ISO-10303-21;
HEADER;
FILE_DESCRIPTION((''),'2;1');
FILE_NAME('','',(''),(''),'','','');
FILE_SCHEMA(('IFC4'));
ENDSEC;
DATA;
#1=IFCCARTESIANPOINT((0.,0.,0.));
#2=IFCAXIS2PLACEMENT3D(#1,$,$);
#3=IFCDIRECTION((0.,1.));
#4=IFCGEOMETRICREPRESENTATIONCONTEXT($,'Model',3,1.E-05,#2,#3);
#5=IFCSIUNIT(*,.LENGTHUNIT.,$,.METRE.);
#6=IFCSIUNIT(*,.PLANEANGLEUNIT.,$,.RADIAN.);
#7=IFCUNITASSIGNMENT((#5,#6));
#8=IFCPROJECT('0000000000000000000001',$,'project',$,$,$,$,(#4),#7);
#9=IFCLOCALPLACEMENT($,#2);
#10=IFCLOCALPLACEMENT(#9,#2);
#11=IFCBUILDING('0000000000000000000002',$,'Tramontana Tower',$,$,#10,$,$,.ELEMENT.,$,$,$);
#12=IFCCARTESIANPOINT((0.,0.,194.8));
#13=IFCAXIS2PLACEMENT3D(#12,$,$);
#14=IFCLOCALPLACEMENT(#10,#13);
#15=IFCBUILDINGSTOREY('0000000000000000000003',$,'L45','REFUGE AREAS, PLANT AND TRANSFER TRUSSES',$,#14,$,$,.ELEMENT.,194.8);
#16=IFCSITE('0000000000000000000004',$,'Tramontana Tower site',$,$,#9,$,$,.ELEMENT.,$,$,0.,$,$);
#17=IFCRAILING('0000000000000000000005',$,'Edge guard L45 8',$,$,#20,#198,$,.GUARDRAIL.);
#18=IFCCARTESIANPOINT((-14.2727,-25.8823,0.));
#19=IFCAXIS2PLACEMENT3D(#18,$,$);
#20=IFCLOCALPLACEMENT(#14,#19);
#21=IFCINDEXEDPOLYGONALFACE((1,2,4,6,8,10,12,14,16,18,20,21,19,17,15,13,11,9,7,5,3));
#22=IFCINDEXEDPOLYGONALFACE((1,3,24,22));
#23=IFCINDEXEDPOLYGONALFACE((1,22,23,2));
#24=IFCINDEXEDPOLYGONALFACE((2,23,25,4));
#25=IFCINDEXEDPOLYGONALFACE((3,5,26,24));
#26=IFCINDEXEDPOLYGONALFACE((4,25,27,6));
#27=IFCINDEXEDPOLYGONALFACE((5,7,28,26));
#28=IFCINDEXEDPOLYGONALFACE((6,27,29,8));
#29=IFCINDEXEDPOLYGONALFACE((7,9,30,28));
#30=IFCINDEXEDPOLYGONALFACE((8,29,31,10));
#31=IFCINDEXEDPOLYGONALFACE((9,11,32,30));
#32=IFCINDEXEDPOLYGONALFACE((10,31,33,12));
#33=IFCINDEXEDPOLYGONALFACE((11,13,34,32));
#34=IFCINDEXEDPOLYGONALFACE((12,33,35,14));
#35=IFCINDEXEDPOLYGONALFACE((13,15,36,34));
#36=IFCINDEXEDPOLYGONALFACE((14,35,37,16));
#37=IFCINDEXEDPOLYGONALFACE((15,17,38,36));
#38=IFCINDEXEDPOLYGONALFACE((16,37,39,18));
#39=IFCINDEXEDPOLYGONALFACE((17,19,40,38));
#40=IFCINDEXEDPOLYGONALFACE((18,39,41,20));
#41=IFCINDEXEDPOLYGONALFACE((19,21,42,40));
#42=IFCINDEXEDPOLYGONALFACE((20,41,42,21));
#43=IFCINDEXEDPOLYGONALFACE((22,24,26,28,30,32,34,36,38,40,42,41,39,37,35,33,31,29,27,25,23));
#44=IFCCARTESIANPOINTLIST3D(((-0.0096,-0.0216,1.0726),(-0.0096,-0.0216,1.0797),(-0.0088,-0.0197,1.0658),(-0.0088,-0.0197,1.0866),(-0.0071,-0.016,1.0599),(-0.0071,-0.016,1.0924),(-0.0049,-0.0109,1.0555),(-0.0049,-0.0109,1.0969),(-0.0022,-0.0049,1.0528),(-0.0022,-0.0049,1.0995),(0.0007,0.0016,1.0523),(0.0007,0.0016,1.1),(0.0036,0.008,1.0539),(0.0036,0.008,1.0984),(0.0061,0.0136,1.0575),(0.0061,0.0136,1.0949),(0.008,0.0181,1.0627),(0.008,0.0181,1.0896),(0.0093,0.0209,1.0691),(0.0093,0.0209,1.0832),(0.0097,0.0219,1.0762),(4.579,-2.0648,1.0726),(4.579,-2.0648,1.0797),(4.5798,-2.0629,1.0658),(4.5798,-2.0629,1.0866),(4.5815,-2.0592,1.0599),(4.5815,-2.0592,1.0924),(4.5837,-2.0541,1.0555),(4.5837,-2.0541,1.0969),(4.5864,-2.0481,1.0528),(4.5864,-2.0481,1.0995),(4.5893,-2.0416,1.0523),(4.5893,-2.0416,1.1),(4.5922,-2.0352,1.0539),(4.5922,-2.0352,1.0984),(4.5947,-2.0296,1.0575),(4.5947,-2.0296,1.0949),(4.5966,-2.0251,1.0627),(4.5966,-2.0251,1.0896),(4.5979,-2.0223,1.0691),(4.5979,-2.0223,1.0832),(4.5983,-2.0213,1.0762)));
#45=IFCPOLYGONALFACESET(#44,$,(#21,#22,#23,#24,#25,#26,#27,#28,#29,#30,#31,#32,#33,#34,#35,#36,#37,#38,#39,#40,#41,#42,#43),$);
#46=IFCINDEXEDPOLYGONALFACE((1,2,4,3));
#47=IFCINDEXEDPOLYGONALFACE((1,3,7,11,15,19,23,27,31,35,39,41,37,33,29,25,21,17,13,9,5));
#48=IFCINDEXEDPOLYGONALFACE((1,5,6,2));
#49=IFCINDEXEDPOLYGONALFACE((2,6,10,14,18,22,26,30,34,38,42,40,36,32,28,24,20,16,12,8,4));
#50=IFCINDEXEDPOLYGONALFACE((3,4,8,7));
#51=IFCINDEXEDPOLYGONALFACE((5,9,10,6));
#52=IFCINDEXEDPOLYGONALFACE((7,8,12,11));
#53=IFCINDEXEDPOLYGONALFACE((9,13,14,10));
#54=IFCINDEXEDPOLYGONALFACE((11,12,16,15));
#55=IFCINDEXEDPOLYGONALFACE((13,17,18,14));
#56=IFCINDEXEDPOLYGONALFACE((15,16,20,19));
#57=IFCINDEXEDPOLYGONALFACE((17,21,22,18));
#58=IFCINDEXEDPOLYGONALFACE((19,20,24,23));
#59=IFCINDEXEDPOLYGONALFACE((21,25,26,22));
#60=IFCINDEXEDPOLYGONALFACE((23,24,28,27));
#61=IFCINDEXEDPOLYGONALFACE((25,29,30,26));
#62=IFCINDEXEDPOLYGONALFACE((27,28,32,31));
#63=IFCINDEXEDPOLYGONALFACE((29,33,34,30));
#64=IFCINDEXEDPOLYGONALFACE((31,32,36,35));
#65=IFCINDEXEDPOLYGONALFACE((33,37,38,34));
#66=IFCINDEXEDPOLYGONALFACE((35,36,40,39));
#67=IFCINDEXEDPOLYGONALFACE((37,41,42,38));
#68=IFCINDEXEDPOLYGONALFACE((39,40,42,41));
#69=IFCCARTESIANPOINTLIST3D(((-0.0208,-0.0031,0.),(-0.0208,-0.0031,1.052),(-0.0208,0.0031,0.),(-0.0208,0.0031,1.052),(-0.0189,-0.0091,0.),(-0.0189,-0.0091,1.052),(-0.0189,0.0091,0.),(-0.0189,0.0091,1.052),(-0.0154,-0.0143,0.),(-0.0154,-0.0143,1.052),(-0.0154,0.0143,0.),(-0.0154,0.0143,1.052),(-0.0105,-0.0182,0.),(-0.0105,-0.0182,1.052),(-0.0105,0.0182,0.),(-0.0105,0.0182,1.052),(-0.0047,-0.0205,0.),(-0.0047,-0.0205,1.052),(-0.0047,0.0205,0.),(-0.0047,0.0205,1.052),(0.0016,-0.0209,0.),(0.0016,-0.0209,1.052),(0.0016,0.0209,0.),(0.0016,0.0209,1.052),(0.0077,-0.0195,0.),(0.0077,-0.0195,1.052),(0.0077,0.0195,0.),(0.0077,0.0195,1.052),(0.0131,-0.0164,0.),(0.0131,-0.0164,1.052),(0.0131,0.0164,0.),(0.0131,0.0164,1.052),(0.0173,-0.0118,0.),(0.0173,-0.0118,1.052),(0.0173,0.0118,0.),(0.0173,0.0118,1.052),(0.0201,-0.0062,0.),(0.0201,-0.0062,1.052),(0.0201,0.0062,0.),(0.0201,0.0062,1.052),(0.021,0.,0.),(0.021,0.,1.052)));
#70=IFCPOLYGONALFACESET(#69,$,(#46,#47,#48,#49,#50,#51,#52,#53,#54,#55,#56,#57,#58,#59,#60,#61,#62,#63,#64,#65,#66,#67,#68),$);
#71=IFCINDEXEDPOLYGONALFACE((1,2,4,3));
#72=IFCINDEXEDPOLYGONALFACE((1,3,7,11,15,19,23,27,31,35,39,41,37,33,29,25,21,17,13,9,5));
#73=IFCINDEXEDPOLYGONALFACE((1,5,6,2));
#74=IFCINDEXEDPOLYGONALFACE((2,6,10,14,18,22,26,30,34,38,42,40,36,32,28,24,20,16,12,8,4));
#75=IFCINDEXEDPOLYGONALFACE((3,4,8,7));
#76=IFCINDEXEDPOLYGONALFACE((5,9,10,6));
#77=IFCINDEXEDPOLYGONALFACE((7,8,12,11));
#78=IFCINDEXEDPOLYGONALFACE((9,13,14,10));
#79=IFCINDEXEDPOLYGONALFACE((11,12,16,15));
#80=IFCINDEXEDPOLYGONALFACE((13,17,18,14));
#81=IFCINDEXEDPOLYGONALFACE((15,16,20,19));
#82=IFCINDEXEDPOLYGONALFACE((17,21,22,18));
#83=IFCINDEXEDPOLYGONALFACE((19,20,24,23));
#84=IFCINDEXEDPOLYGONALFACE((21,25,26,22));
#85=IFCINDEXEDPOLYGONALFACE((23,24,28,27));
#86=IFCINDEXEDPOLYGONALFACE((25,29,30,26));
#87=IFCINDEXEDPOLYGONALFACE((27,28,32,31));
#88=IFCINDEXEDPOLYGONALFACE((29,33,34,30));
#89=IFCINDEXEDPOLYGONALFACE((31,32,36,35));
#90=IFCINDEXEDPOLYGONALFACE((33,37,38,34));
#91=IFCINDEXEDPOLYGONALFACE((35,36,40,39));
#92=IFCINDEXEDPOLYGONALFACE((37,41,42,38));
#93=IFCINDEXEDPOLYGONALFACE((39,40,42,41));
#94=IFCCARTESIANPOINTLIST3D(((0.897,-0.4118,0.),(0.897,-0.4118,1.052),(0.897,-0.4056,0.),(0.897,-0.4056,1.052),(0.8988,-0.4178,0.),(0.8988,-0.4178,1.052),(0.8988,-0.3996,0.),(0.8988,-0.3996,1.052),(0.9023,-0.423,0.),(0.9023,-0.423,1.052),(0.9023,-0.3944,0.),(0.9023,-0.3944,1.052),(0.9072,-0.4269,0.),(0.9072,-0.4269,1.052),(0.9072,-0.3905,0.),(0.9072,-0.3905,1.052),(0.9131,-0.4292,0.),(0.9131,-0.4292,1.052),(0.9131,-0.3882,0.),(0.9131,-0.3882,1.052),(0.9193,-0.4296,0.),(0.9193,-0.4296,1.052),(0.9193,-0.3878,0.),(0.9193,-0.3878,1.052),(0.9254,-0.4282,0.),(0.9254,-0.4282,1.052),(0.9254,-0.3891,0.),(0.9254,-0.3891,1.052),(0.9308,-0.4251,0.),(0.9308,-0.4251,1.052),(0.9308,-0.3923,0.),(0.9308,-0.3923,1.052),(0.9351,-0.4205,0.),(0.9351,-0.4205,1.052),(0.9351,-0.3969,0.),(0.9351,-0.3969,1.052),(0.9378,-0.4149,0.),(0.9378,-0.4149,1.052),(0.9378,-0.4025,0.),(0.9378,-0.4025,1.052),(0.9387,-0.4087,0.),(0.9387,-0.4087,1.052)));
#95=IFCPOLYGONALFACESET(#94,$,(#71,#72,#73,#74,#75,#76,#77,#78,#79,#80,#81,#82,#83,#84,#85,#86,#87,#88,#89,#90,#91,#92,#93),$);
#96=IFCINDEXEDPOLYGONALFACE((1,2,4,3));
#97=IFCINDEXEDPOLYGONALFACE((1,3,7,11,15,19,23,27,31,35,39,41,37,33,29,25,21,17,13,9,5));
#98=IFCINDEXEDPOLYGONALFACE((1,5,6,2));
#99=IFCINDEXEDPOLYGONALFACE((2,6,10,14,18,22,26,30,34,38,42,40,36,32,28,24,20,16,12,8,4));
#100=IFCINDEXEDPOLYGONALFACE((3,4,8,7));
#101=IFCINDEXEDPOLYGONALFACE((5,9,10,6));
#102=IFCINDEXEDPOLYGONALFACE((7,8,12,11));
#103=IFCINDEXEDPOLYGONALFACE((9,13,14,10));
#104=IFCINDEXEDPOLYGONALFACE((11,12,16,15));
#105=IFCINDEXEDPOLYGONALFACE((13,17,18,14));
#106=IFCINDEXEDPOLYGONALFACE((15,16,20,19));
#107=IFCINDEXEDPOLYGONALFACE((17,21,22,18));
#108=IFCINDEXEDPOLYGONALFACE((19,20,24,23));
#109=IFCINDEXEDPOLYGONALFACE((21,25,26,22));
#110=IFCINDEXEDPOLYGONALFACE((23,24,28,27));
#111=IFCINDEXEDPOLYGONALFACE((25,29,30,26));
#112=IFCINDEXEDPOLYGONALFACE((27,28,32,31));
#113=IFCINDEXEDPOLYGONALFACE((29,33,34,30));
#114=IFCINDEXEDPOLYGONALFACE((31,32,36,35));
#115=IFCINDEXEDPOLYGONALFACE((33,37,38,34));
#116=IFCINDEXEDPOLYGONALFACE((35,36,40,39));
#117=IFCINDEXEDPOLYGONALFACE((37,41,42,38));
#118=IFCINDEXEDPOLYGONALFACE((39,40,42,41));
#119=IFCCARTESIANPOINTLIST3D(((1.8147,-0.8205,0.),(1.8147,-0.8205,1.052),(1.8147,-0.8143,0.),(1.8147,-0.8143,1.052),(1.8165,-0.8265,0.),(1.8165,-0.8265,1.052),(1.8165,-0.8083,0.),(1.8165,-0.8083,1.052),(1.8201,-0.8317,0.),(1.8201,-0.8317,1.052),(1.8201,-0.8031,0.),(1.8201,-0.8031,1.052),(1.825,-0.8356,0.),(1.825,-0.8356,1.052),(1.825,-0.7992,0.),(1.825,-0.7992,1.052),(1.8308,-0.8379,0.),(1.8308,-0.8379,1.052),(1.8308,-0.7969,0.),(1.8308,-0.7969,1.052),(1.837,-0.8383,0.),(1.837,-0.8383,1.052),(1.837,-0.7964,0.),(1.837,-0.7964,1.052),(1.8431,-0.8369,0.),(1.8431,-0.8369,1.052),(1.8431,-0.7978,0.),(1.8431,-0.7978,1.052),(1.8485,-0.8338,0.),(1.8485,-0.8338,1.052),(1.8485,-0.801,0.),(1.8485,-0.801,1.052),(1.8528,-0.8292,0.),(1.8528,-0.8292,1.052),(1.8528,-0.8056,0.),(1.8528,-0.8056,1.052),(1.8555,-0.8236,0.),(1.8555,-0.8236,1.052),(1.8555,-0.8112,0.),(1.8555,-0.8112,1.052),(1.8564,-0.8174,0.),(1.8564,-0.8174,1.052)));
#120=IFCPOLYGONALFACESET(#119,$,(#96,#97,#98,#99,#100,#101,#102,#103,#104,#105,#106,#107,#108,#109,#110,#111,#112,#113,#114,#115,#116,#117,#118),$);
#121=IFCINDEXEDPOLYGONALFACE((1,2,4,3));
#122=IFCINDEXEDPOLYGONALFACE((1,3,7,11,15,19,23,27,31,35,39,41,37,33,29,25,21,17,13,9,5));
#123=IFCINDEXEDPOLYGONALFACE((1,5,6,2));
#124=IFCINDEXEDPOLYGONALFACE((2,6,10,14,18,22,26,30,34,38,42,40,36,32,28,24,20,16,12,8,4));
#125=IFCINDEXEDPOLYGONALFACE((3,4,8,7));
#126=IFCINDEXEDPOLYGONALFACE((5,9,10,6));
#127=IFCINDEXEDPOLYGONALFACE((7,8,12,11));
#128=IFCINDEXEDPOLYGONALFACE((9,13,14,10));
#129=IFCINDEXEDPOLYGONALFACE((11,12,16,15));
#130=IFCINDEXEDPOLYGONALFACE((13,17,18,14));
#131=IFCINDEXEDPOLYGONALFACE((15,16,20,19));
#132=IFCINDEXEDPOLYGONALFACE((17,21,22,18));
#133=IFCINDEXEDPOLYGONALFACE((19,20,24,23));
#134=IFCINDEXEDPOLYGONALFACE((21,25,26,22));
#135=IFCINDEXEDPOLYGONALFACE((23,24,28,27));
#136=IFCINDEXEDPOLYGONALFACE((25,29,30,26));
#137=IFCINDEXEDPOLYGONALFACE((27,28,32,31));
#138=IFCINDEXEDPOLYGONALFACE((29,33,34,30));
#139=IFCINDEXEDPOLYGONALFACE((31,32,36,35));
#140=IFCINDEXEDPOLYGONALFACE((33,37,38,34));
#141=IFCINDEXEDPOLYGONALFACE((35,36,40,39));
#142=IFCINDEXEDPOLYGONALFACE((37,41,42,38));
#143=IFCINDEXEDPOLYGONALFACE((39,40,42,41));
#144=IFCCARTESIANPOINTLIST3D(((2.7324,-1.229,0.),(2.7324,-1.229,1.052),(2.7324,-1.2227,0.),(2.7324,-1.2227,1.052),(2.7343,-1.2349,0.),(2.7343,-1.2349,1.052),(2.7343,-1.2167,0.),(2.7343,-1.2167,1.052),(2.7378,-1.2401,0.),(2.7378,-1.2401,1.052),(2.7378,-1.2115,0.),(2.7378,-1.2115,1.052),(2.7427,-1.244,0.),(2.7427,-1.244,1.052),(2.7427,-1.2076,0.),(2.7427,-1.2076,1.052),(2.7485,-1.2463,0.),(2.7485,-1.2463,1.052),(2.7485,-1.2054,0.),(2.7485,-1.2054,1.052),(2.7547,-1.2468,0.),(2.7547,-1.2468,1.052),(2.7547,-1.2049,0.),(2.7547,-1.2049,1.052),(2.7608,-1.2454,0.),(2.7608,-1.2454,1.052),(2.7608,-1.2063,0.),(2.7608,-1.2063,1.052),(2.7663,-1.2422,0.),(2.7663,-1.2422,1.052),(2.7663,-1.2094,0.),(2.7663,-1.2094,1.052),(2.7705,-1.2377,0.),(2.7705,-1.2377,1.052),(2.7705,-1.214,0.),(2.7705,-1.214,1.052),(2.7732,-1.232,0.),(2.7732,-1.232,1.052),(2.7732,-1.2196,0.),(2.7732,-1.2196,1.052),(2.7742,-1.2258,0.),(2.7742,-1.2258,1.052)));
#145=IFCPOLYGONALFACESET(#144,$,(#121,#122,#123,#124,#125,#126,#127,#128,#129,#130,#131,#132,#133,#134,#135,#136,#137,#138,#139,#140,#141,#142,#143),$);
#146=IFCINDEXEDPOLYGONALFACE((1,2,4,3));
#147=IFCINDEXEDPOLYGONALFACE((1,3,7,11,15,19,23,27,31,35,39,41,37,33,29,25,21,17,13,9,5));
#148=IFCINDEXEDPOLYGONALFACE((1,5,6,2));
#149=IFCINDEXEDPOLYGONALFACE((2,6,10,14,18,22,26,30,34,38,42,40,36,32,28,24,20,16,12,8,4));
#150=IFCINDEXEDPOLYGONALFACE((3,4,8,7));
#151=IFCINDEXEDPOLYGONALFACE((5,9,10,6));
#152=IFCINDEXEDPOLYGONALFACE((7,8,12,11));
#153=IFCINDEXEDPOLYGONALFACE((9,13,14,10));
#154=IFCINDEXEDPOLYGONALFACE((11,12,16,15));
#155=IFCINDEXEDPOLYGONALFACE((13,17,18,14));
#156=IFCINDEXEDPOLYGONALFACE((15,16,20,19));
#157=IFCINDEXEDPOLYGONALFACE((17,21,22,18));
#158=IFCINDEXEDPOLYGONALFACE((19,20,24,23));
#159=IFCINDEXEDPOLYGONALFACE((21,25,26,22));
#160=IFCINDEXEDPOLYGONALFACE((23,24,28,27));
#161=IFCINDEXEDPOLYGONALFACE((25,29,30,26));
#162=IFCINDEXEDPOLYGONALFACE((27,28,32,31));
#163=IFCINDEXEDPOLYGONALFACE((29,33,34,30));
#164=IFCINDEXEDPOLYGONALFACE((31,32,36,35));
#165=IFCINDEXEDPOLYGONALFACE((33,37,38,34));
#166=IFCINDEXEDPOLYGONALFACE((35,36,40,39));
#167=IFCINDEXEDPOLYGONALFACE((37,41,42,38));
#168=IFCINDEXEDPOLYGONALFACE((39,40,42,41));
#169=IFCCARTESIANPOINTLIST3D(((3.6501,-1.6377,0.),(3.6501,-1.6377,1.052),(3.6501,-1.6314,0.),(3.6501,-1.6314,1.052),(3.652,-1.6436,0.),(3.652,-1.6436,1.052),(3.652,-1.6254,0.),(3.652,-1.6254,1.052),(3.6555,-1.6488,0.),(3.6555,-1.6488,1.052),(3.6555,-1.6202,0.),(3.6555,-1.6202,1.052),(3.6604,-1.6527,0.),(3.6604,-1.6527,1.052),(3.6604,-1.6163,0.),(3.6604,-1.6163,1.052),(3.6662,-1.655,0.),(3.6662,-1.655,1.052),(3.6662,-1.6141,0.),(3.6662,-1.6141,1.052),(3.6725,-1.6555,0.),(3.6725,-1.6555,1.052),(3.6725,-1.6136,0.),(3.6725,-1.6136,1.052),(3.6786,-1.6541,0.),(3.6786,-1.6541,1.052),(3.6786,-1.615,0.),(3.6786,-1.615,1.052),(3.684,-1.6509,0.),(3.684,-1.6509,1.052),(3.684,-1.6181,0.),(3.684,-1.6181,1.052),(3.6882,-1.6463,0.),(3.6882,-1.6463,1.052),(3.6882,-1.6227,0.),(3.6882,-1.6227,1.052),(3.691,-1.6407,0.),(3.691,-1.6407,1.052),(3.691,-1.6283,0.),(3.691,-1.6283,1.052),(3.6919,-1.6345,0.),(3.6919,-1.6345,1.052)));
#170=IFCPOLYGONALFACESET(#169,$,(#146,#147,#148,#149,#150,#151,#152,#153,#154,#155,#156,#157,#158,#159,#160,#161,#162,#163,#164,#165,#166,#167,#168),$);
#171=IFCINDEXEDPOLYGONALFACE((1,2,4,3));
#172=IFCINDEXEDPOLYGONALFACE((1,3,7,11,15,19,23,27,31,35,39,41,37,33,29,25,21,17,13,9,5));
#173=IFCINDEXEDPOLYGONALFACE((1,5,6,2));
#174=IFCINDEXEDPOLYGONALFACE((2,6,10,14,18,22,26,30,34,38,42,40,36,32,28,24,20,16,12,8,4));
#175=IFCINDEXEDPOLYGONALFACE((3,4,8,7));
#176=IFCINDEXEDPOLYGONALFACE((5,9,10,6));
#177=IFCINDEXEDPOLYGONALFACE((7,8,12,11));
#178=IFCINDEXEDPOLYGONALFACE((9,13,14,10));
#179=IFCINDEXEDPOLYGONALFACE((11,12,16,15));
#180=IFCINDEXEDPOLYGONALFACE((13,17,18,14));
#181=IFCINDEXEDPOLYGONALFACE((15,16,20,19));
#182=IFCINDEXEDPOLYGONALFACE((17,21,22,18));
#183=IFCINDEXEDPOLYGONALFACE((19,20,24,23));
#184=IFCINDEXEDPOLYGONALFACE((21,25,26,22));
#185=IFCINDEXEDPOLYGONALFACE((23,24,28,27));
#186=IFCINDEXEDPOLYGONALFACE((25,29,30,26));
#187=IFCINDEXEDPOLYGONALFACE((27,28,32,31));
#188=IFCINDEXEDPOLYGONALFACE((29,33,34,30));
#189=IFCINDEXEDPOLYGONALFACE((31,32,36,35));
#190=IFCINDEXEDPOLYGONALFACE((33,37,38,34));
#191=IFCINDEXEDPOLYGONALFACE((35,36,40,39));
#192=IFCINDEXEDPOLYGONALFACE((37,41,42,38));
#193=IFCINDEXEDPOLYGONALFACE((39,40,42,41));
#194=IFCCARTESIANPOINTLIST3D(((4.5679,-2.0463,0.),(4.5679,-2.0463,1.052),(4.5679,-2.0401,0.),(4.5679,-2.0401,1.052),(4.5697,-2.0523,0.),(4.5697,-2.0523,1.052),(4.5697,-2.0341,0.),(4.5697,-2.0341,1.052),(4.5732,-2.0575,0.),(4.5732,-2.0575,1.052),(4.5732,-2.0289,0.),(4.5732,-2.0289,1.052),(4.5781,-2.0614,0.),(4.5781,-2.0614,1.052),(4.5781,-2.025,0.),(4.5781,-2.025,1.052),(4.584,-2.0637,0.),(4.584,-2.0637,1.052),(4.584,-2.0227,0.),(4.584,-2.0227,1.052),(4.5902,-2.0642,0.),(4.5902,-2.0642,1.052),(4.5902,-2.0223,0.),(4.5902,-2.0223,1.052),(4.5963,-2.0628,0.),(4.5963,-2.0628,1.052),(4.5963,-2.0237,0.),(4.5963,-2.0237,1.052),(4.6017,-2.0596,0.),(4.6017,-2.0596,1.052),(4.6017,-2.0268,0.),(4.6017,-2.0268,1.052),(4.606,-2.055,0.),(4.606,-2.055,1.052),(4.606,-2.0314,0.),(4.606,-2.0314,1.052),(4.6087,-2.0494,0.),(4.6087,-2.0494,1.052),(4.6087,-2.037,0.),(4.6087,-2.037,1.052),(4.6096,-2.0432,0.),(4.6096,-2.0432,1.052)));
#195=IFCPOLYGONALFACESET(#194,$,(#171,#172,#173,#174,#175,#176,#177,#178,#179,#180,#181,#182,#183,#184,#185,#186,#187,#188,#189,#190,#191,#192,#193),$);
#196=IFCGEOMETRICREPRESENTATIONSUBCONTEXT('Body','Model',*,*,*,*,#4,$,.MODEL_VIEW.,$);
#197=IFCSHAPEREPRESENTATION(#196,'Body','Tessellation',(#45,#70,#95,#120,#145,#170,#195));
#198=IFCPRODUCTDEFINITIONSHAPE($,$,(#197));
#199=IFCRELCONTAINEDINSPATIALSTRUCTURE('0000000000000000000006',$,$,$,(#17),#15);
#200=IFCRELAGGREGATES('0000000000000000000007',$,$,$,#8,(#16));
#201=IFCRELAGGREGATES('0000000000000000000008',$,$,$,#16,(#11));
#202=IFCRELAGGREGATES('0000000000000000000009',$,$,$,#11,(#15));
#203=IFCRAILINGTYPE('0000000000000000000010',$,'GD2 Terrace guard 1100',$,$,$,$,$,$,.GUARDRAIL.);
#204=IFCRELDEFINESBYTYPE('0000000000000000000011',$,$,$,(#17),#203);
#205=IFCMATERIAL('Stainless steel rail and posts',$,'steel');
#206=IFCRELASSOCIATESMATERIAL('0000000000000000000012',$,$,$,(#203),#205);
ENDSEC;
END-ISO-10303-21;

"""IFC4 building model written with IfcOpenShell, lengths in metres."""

from ifc_helpers import new_model, si_unit, direction, frame, origin, origin_2d, place, context, subcontext, project, spatial, circle, extrude, material, type_object, element, save


model = new_model("IFC4")

# Units and contexts
model_context = context("Model", 3, precision=1e-05, world=origin(), true_north=direction((0.0, 1.0)))
body_context = subcontext(model_context, "Body", "Model", "MODEL_VIEW")
ifc_project = project(units=[si_unit("LENGTHUNIT", "METRE"), si_unit("PLANEANGLEUNIT", "RADIAN")], contexts=[model_context])

# Site, building, storey
site_placement = place(None, origin())
site = spatial("IfcSite", under=ifc_project, at=site_placement, Name="Tramontana Tower site", CompositionType="ELEMENT", RefElevation=0.0)
building_placement = place(site_placement, origin())
building = spatial("IfcBuilding", under=site, at=building_placement, Name="Tramontana Tower", CompositionType="ELEMENT")
storey_placement = place(building_placement, frame((0.0, 0.0, 194.8)))
storey = spatial("IfcBuildingStorey", under=building, at=storey_placement, Name="L45", Description="REFUGE AREAS, PLANT AND TRANSFER TRUSSES", CompositionType="ELEMENT", Elevation=194.8)

# Railing
ifc_material_1 = material(Name="Stainless steel rail and posts", Category="steel")
railing_type = type_object("IfcRailingType", Name="GD2 Terrace guard 1100", PredefinedType="GUARDRAIL", material=ifc_material_1)
railing_1_placement = place(storey_placement, frame((-14.2727, -25.8823, 0.0)))
element("IfcRailing", 1, at=railing_1_placement, inside=storey, type_object=railing_type, Name="Edge guard L45 8", PredefinedType="GUARDRAIL", context=body_context, shape_type="SweptSolid", body=[
    extrude(circle(Radius=0.0239, at=origin_2d()), frame((0.0, 0.0, 1.0762), z_axis=(0.913529, -0.406774, 0.0), x_axis=(0.406774, 0.913529, 0.0)), (0.0, 0.0, 1.0), 5.0229),
    extrude(circle(Radius=0.021, at=origin_2d()), origin(), (0.0, 0.0, 1.0), 1.052),
    extrude(circle(Radius=0.021, at=origin_2d()), frame((0.9177, -0.4087, 0.0)), (0.0, 0.0, 1.0), 1.052),
    extrude(circle(Radius=0.021, at=origin_2d()), frame((1.8354, -0.8174, 0.0)), (0.0, 0.0, 1.0), 1.052),
    extrude(circle(Radius=0.021, at=origin_2d()), frame((2.7532, -1.2258, 0.0)), (0.0, 0.0, 1.0), 1.052),
    extrude(circle(Radius=0.021, at=origin_2d()), frame((3.6709, -1.6345, 0.0)), (0.0, 0.0, 1.0), 1.052),
    extrude(circle(Radius=0.021, at=origin_2d()), frame((4.5886, -2.0432, 0.0)), (0.0, 0.0, 1.0), 1.052),
])

save(model, "model.ifc")
